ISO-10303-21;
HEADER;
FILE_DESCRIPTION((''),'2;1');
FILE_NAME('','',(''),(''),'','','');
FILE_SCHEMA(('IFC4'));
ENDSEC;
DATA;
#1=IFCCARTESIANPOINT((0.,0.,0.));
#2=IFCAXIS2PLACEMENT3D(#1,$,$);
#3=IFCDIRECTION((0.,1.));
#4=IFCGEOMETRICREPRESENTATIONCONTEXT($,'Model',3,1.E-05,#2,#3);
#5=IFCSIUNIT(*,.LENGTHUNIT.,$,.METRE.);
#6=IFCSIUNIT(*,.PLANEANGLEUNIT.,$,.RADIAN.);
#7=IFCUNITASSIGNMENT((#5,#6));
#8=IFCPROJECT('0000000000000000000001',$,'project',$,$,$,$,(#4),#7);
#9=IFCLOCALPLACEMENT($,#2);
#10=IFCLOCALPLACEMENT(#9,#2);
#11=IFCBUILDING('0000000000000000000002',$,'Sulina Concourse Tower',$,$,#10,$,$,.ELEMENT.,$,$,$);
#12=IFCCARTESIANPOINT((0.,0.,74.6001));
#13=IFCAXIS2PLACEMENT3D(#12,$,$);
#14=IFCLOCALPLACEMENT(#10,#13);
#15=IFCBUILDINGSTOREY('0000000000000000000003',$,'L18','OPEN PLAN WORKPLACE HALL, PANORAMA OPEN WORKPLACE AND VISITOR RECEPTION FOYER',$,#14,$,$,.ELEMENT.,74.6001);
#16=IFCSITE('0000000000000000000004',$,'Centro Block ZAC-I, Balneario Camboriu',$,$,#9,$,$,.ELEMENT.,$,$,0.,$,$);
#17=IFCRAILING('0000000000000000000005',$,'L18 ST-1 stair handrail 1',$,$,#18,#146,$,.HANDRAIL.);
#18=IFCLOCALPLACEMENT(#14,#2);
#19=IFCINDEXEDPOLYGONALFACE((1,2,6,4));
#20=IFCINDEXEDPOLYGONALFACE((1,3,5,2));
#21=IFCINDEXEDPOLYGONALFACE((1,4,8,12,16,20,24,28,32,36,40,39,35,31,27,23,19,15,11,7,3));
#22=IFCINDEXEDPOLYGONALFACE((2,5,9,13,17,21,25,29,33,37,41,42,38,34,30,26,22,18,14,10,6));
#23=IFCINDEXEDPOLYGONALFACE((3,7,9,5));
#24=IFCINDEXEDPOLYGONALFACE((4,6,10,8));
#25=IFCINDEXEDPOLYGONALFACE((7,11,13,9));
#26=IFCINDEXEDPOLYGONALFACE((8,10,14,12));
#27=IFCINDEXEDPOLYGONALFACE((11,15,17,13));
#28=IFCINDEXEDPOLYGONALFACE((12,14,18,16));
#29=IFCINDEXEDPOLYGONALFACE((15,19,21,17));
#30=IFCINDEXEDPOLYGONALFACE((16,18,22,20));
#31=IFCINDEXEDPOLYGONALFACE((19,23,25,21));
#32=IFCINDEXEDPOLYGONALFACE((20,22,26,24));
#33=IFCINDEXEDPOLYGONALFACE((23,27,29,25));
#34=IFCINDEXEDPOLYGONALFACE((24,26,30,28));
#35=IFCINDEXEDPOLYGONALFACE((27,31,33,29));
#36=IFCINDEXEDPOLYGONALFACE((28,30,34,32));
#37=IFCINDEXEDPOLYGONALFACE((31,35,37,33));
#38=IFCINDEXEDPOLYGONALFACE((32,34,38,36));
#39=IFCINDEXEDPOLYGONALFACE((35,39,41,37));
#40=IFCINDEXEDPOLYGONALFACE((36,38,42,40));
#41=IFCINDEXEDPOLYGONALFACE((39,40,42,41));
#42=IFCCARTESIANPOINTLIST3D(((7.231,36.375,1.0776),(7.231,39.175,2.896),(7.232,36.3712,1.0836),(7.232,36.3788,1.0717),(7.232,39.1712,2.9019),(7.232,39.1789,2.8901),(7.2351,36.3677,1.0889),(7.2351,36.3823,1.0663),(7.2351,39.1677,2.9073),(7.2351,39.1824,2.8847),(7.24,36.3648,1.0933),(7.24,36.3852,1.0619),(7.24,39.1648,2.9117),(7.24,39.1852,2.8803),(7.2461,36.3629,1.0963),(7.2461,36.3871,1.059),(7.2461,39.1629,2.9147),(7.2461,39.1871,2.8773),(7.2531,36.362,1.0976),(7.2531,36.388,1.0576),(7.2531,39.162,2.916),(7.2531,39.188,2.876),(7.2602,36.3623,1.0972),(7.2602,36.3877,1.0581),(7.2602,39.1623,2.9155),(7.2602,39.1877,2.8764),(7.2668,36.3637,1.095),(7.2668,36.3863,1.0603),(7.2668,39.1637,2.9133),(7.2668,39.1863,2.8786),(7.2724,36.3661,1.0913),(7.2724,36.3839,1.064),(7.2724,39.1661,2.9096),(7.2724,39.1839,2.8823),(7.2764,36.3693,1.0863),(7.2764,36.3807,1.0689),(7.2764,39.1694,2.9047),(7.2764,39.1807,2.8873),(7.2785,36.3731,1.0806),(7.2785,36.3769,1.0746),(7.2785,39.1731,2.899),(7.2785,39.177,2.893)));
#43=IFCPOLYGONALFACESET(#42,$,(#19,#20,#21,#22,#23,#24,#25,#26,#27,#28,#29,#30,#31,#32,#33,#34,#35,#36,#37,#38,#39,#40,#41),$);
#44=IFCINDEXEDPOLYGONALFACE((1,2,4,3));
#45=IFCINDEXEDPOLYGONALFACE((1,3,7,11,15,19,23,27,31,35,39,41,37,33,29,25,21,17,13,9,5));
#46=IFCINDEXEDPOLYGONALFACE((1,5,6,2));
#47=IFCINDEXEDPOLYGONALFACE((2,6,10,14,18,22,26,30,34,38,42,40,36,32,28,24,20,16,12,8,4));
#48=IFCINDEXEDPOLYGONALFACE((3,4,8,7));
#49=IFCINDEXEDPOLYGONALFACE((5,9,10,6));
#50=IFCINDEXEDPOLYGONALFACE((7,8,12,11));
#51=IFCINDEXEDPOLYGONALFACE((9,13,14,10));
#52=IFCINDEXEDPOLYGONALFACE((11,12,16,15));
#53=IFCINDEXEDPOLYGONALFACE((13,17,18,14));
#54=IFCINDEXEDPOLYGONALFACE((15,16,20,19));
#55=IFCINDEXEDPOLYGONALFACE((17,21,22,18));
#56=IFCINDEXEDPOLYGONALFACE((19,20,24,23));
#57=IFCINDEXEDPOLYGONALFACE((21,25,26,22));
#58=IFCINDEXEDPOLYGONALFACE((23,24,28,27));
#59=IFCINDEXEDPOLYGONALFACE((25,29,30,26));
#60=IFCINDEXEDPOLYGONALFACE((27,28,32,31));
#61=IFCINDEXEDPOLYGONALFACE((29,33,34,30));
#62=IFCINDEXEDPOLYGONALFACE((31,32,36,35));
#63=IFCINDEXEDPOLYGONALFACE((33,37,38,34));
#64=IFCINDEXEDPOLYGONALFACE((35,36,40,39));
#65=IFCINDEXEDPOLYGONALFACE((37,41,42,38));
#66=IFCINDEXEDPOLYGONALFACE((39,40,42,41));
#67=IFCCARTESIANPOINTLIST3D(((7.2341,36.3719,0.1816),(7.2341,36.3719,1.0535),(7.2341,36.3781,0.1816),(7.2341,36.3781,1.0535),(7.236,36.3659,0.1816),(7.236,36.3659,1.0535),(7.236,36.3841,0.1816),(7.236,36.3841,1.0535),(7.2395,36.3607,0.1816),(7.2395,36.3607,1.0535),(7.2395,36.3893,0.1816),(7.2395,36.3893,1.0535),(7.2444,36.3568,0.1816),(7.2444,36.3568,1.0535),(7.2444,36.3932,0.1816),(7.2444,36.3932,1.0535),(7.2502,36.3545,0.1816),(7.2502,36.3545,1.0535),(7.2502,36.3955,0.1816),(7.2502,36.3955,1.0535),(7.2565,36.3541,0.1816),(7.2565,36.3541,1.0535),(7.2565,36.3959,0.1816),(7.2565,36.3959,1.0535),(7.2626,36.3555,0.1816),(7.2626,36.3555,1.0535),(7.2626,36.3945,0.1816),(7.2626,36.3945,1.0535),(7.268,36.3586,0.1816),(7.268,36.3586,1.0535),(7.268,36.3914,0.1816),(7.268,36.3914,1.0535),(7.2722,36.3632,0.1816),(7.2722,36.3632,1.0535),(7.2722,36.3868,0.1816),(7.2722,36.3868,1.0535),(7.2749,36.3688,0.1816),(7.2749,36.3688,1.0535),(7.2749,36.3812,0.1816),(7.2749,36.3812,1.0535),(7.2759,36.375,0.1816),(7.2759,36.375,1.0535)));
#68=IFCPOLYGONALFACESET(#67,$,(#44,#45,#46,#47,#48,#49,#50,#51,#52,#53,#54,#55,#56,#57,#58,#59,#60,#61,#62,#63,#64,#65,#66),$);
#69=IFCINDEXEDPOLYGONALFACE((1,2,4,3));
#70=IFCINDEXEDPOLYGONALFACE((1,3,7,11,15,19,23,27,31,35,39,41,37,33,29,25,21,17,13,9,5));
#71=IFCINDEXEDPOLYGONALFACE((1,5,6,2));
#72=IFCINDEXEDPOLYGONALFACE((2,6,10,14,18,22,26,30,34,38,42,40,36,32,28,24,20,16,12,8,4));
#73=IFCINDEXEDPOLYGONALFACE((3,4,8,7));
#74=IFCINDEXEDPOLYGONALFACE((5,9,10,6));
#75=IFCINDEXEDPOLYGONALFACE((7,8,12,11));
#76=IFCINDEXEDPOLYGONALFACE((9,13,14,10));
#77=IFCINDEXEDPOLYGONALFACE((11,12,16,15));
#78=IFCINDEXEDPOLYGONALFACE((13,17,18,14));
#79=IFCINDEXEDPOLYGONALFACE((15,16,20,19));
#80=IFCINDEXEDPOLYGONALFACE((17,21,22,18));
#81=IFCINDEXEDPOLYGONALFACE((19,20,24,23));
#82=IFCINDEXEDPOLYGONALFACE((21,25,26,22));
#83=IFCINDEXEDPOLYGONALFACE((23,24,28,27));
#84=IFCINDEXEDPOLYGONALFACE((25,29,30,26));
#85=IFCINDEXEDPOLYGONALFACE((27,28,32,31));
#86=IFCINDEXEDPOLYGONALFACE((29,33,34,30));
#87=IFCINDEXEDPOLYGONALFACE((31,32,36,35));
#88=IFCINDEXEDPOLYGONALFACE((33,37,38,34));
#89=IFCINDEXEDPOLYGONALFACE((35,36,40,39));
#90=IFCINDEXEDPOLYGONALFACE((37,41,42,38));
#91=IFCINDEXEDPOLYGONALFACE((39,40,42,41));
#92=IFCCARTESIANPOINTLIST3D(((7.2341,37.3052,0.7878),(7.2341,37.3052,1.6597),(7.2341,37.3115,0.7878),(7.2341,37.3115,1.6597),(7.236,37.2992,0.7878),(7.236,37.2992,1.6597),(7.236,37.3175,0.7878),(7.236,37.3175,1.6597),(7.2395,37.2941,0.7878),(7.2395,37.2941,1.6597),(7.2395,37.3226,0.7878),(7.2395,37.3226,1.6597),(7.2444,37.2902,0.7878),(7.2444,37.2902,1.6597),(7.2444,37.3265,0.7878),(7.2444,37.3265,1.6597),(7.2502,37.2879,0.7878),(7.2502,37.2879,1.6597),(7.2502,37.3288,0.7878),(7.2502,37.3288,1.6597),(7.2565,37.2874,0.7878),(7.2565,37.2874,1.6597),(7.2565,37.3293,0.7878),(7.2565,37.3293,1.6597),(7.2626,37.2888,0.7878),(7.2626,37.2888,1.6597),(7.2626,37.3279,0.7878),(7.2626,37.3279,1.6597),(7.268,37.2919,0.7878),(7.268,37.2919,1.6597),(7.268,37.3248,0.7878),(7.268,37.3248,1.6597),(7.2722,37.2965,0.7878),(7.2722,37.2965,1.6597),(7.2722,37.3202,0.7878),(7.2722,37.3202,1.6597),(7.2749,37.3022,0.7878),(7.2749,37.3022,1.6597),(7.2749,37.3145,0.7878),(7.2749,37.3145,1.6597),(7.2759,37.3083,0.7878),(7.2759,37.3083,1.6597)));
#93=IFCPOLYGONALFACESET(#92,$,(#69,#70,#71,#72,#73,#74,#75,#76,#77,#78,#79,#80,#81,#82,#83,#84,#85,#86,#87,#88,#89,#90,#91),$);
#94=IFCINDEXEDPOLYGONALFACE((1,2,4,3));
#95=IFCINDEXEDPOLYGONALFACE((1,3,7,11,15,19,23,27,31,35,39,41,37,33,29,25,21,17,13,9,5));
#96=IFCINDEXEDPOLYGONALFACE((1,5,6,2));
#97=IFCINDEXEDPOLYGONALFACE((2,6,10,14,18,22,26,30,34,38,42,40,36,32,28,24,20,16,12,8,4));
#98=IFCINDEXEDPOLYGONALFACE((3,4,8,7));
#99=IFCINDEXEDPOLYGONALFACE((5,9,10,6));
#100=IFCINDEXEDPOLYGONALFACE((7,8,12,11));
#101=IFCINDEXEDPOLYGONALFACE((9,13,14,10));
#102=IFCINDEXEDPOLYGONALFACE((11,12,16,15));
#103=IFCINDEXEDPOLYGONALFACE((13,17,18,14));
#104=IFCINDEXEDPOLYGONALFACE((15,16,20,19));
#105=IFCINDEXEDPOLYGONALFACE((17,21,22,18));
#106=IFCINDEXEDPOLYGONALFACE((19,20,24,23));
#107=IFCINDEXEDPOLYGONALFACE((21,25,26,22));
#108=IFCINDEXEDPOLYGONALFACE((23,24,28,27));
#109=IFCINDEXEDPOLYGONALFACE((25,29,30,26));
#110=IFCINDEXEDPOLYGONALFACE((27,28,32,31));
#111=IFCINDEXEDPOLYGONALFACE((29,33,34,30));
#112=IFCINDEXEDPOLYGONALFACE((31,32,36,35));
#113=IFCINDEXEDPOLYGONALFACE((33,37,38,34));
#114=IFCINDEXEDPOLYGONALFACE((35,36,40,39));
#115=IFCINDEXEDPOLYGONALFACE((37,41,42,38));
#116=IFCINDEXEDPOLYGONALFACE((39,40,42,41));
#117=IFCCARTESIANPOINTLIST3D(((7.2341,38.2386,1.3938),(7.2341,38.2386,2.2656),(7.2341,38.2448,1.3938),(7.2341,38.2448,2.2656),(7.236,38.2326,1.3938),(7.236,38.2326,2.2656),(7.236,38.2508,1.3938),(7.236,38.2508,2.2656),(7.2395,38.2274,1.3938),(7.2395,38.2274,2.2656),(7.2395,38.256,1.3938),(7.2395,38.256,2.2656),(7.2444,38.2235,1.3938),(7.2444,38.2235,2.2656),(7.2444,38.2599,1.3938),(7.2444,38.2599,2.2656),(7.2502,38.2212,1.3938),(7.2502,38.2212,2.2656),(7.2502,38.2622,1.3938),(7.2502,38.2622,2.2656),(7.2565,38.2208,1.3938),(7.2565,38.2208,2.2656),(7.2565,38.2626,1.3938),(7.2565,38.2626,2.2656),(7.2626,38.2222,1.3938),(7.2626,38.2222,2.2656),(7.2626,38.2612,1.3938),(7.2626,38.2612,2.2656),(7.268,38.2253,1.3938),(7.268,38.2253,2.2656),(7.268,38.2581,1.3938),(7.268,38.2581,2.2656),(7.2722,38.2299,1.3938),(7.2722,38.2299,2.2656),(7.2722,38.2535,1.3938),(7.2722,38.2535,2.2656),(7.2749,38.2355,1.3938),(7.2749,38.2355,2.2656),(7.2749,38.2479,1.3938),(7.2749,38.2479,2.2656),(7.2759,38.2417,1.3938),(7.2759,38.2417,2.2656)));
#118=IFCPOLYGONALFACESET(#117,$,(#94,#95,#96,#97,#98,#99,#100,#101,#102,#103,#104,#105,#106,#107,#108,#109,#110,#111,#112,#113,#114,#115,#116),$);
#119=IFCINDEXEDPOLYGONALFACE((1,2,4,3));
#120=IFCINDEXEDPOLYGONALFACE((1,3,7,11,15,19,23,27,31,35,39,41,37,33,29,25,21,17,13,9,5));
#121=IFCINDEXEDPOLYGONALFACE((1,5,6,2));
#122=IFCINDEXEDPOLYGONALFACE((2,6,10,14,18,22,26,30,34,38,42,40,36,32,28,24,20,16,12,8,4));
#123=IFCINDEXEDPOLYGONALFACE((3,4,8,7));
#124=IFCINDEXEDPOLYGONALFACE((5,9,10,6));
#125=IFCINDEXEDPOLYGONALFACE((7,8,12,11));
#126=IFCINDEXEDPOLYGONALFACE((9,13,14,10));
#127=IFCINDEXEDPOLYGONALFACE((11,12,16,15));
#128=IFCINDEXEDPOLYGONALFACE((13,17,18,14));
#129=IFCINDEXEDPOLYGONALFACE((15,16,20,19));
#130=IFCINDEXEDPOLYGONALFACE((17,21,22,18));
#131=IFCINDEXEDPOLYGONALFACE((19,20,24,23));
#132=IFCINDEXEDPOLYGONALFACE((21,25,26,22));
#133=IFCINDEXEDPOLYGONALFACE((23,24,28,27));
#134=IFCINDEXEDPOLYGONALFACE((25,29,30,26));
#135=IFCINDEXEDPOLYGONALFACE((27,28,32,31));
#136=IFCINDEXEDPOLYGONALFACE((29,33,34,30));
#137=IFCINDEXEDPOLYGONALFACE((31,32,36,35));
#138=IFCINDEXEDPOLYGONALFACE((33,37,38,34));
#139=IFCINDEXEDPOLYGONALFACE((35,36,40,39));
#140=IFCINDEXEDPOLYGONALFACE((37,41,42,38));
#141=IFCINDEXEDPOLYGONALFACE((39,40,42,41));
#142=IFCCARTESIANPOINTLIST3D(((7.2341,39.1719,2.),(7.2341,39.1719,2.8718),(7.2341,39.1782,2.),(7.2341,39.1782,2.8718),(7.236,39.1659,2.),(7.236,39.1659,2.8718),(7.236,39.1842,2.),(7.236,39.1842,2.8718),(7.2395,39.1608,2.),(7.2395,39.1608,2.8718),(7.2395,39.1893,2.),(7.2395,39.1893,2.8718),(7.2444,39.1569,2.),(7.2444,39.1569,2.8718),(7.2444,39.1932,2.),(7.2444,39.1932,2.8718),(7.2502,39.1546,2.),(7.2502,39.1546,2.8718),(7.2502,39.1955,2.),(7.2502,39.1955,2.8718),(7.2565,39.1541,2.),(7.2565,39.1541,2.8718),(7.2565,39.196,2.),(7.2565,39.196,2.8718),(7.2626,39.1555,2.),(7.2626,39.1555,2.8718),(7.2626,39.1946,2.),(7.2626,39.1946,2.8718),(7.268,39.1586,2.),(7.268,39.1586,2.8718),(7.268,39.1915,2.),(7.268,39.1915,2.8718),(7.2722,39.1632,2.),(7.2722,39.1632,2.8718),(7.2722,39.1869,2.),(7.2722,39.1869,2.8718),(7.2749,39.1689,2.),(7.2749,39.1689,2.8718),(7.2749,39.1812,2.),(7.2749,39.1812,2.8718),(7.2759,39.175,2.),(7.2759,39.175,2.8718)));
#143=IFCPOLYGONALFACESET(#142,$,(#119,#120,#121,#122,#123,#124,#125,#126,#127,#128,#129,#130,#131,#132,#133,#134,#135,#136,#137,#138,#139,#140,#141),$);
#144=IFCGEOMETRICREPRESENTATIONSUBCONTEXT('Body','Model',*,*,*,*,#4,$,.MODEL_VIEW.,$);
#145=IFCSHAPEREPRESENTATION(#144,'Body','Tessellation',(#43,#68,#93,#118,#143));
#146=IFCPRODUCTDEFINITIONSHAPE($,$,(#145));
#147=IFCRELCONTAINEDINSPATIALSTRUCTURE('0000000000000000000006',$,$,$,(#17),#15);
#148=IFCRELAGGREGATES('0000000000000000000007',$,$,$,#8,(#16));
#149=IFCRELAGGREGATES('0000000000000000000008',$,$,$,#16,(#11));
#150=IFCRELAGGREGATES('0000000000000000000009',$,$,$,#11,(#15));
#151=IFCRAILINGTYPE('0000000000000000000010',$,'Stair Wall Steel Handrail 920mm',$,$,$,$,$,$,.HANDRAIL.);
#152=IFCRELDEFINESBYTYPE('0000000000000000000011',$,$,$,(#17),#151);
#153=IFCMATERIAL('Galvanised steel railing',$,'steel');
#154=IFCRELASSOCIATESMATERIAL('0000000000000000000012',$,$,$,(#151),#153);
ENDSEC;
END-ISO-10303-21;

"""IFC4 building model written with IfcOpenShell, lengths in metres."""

from ifc_helpers import new_model, si_unit, direction, frame, origin, origin_2d, place, context, subcontext, project, spatial, circle, extrude, material, type_object, element, save


model = new_model("IFC4")

# Units and contexts
model_context = context("Model", 3, precision=1e-05, world=origin(), true_north=direction((0.0, 1.0)))
body_context = subcontext(model_context, "Body", "Model", "MODEL_VIEW")
ifc_project = project(units=[si_unit("LENGTHUNIT", "METRE"), si_unit("PLANEANGLEUNIT", "RADIAN")], contexts=[model_context])

# Site, building, storey
site_placement = place(None, origin())
site = spatial("IfcSite", under=ifc_project, at=site_placement, Name="Centro Block ZAC-I, Balneario Camboriu", CompositionType="ELEMENT", RefElevation=0.0)
building_placement = place(site_placement, origin())
building = spatial("IfcBuilding", under=site, at=building_placement, Name="Sulina Concourse Tower", CompositionType="ELEMENT")
storey_placement = place(building_placement, frame((0.0, 0.0, 74.6001)))
storey = spatial("IfcBuildingStorey", under=building, at=storey_placement, Name="L18", Description="OPEN PLAN WORKPLACE HALL, PANORAMA OPEN WORKPLACE AND VISITOR RECEPTION FOYER", CompositionType="ELEMENT", Elevation=74.6001)

# Railing
ifc_material_1 = material(Name="Galvanised steel railing", Category="steel")
railing_type_1 = type_object("IfcRailingType", Name="Stair Wall Steel Handrail 920mm", PredefinedType="HANDRAIL", material=ifc_material_1)
railing_1_placement = place(storey_placement, frame((7.2549, 36.375, 0.1816)))
element("IfcRailing", 1, at=railing_1_placement, inside=storey, type_object=railing_type_1, Name="L18 ST-1 stair handrail 1", PredefinedType="HANDRAIL", context=body_context, shape_type="SweptSolid", body=[
    extrude(circle(Radius=0.0239, at=origin_2d()), frame((0.0, 0.0, 0.896), z_axis=(0.0, 0.838672, 0.544636), x_axis=(-1.0, 0.0, 0.0)), (0.0, 0.0, 1.0), 3.3386),
    extrude(circle(Radius=0.021, at=origin_2d()), origin(), (0.0, 0.0, 1.0), 0.8718),
    extrude(circle(Radius=0.021, at=origin_2d()), frame((0.0, 0.9333, 0.6062)), (0.0, 0.0, 1.0), 0.8718),
    extrude(circle(Radius=0.021, at=origin_2d()), frame((0.0, 1.8667, 1.2122)), (0.0, 0.0, 1.0), 0.8718),
    extrude(circle(Radius=0.021, at=origin_2d()), frame((0.0, 2.8, 1.8184)), (0.0, 0.0, 1.0), 0.8718),
])

save(model, "model.ifc")
